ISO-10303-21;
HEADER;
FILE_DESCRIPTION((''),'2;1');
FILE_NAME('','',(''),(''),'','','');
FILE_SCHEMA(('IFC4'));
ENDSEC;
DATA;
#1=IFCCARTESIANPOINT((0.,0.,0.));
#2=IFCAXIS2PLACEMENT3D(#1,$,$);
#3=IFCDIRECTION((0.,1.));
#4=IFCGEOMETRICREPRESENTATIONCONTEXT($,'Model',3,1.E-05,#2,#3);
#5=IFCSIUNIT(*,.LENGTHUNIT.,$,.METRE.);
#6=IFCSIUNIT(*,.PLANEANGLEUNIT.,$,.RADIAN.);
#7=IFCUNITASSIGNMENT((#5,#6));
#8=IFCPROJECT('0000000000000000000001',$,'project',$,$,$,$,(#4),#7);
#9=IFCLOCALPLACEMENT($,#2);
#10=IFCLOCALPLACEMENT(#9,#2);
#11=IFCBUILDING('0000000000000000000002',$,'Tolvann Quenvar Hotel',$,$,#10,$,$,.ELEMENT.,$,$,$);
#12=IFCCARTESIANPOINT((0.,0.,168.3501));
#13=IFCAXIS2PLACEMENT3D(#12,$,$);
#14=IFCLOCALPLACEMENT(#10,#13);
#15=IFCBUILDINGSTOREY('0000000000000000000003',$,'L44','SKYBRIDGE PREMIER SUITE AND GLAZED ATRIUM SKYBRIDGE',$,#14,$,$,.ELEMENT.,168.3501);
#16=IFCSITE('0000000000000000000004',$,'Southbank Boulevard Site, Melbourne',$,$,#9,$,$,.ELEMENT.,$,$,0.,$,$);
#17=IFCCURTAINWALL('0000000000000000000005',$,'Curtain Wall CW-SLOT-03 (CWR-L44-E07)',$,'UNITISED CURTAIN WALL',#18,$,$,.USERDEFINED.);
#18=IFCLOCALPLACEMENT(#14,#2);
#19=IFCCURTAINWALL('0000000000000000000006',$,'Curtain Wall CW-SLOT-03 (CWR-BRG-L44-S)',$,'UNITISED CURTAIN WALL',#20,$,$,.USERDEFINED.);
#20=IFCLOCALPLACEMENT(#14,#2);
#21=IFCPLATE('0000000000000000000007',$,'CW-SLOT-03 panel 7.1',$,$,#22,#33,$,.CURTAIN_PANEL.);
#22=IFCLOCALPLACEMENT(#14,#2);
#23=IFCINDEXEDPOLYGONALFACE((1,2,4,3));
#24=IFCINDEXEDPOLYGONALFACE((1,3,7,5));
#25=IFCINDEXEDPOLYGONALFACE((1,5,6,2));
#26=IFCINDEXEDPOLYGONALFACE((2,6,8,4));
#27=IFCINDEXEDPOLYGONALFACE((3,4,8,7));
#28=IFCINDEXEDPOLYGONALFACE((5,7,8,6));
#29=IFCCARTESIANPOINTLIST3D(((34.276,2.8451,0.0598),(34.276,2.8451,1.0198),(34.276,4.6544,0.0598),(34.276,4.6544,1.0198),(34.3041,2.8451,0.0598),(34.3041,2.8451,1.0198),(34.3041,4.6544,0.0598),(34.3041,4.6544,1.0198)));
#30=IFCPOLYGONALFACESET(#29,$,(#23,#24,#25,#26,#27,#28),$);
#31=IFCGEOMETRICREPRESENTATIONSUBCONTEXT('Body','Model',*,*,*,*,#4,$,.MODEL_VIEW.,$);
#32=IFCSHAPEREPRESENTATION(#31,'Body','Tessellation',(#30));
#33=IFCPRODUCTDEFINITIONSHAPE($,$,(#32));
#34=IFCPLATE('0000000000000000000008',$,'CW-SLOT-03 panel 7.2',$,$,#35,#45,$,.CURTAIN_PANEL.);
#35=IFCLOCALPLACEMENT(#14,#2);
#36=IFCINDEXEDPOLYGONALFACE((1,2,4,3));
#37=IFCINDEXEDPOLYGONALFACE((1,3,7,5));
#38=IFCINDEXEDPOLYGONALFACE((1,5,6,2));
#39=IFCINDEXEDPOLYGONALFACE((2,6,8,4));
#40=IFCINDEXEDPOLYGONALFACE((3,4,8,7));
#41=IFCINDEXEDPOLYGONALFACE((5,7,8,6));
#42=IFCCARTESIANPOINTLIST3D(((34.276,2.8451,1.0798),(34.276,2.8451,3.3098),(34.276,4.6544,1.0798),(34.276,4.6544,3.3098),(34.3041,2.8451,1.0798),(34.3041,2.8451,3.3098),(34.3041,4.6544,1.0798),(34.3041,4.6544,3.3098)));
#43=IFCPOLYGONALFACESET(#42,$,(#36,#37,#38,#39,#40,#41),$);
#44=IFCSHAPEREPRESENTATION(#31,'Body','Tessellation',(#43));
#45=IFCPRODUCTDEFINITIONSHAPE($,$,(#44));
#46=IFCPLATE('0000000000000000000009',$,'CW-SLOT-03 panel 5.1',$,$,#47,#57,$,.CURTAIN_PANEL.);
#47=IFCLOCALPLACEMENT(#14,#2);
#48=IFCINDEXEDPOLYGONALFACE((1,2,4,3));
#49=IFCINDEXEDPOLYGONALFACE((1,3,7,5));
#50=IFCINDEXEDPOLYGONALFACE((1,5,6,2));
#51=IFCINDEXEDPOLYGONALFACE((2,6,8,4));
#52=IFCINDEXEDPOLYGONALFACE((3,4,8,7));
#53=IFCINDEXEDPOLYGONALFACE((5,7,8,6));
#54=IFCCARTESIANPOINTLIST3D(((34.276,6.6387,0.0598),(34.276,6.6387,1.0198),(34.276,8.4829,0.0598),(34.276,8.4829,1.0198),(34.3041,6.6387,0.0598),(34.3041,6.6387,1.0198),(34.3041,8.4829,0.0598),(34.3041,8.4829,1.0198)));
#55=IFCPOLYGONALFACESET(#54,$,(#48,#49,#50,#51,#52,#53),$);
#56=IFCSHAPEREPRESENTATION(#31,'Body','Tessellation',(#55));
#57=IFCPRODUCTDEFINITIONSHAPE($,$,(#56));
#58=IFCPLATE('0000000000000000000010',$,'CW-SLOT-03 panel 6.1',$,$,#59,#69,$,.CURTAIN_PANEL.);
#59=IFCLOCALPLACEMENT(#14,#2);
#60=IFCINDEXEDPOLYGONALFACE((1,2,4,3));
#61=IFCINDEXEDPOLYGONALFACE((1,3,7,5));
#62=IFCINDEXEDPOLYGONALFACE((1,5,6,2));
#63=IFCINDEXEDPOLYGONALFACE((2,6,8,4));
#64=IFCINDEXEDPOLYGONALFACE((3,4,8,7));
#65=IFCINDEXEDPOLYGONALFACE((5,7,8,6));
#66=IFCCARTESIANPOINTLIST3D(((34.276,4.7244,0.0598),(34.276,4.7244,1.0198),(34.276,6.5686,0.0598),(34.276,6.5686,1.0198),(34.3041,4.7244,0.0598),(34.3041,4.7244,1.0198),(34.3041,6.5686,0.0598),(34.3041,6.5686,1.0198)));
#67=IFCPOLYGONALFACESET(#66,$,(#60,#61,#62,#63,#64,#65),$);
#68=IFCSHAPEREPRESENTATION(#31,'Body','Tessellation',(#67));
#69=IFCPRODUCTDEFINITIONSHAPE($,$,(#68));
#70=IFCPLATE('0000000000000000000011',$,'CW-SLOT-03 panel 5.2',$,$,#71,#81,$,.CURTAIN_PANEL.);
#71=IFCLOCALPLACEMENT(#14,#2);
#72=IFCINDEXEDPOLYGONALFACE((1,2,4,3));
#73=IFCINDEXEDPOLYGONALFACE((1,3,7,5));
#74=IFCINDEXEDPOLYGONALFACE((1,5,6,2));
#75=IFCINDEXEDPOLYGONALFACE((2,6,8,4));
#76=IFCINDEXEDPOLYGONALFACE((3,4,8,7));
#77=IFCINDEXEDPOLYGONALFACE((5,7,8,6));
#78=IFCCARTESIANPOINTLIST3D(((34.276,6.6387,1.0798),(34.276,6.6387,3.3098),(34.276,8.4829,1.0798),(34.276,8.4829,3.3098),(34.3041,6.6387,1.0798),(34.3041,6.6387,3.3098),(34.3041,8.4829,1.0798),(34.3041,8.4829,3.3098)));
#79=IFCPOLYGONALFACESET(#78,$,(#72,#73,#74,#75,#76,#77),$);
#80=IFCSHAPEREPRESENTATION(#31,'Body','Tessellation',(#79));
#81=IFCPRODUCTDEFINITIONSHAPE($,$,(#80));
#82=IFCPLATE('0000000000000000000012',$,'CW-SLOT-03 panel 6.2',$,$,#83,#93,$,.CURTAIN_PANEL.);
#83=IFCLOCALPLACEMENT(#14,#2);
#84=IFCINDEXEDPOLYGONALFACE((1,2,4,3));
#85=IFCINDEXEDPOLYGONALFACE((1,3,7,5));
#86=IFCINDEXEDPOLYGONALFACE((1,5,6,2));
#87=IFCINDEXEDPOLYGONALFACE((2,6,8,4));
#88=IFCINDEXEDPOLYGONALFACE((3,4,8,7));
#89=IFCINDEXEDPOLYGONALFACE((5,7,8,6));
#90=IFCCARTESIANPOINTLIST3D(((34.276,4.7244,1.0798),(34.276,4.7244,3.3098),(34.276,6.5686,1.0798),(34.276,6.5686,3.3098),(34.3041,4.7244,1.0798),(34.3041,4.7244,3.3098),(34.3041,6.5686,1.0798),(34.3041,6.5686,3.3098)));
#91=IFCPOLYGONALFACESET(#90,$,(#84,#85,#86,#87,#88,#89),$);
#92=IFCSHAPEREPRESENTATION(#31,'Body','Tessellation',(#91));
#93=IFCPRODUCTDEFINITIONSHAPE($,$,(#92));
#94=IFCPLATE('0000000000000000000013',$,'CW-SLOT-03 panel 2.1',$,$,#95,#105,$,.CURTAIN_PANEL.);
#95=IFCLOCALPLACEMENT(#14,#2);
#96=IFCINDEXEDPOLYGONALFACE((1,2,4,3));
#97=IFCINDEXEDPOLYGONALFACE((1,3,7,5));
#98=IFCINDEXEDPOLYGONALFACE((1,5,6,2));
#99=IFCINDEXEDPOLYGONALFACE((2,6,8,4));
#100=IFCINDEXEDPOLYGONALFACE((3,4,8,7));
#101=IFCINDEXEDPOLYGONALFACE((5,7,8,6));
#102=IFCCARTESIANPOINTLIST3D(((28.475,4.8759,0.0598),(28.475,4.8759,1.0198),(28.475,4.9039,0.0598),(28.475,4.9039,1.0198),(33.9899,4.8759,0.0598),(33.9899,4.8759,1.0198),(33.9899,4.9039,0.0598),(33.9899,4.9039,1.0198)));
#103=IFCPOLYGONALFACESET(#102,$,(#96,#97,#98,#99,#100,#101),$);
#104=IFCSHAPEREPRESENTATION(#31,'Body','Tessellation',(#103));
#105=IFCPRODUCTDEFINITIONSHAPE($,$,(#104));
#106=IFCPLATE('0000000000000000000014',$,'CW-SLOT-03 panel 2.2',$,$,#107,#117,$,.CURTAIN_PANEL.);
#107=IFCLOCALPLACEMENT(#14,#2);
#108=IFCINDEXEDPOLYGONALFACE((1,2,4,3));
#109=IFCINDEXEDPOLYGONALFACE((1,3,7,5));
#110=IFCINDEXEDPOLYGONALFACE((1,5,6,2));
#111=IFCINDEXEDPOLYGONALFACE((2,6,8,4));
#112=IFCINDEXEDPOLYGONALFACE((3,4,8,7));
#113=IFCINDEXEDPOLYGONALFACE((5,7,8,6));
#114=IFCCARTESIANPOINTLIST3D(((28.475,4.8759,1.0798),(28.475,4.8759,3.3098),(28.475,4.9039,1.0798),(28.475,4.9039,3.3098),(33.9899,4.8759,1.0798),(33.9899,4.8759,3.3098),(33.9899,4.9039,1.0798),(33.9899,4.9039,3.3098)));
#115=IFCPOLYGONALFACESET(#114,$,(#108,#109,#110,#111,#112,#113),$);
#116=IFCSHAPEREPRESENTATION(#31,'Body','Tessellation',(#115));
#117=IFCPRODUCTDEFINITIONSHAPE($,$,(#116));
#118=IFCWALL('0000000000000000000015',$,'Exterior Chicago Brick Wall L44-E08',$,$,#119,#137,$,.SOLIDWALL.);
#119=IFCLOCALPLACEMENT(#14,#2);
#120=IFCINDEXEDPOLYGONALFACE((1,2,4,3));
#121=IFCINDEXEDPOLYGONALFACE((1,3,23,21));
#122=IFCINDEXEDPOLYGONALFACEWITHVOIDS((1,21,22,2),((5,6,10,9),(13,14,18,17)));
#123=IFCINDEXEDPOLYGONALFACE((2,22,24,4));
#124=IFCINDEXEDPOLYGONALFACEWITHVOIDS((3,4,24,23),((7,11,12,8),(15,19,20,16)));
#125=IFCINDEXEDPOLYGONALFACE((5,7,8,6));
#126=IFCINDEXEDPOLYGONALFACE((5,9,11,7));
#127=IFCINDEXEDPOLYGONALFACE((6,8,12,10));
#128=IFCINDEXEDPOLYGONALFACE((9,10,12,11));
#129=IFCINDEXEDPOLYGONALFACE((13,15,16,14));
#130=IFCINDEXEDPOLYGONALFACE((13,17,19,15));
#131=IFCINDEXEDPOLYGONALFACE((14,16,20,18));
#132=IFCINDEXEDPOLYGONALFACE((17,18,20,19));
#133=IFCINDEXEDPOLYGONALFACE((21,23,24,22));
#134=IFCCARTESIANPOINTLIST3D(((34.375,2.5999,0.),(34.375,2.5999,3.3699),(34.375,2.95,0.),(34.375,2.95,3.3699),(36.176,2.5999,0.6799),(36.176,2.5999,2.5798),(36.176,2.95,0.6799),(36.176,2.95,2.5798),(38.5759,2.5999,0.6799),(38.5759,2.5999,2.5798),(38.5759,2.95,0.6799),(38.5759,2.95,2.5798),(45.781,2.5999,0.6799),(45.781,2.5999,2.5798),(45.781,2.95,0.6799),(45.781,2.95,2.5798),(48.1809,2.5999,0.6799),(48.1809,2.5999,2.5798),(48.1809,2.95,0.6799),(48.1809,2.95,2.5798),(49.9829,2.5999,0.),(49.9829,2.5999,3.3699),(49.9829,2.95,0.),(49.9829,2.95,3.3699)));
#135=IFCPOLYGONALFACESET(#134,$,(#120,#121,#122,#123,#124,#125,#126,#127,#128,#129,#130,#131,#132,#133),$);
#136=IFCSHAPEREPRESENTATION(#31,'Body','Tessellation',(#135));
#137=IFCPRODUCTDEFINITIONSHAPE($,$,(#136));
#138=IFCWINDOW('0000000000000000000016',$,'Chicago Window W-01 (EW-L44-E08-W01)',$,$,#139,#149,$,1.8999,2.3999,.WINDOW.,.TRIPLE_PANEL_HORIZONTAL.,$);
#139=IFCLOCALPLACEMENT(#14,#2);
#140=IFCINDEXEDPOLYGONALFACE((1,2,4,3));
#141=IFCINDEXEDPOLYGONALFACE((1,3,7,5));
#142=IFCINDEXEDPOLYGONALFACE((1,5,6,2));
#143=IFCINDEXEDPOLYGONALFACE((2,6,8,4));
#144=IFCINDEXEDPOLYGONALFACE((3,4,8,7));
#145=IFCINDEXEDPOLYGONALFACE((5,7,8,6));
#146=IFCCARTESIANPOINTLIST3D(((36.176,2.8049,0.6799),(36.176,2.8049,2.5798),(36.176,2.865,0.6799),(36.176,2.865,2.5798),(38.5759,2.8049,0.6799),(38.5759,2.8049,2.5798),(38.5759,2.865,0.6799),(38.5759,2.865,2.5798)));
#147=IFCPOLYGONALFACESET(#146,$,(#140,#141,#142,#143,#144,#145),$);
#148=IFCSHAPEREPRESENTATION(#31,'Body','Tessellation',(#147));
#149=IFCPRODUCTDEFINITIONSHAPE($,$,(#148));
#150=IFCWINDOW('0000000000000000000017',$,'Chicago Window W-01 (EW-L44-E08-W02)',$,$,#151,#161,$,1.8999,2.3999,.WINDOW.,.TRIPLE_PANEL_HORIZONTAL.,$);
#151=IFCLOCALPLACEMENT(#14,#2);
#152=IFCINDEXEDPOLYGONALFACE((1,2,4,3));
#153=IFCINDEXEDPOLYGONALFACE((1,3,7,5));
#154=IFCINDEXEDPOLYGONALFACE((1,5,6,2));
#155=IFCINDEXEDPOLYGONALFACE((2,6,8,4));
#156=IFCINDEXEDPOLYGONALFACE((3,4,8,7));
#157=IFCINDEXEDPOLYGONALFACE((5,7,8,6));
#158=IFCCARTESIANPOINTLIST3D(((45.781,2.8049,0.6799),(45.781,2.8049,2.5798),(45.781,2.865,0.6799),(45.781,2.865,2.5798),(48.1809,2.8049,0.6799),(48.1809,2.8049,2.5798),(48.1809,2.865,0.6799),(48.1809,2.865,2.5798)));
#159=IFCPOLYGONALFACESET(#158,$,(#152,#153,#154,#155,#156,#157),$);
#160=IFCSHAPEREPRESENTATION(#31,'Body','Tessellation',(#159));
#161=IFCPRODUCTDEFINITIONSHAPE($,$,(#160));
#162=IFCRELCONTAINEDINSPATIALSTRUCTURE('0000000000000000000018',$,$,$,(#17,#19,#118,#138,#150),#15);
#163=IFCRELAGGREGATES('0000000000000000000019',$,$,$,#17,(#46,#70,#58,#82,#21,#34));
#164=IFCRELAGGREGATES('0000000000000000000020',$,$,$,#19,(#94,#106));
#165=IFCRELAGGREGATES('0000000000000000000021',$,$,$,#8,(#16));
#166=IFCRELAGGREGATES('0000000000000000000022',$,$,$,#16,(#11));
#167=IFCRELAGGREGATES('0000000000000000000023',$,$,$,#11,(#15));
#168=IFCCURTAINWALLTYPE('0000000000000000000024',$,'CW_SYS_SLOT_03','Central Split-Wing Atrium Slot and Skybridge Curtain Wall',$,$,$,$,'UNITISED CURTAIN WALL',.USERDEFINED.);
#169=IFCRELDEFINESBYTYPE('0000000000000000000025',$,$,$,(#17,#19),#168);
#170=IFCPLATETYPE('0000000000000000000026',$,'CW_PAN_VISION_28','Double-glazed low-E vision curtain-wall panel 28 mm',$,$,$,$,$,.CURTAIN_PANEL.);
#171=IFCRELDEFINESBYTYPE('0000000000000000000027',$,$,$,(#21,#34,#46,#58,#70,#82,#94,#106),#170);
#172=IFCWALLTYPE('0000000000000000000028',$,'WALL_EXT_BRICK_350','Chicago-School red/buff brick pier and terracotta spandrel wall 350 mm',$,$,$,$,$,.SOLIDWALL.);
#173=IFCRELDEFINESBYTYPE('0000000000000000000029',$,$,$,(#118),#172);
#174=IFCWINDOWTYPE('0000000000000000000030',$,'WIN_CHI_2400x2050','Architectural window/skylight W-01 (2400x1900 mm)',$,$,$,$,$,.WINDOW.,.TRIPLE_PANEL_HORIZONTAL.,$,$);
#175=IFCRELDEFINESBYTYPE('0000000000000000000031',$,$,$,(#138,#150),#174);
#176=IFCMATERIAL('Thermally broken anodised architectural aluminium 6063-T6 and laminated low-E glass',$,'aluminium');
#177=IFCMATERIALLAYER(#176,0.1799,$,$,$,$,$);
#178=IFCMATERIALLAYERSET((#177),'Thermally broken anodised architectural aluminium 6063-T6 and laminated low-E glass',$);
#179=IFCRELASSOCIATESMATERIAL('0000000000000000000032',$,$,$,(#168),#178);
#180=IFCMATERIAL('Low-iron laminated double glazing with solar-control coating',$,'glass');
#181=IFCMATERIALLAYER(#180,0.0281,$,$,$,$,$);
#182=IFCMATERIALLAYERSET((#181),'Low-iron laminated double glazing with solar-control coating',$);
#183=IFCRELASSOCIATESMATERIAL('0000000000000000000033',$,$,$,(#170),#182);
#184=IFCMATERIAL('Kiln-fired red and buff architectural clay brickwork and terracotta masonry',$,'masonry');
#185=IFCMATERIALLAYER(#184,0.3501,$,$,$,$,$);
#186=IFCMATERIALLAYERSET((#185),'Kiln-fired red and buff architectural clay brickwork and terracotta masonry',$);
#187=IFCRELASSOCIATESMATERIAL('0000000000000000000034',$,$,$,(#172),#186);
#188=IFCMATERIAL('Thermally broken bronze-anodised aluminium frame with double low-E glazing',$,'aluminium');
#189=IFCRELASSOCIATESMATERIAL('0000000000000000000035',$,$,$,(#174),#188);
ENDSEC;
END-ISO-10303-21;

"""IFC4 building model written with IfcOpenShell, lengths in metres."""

from ifc_helpers import new_model, si_unit, direction, frame, frame_2d, origin, origin_2d, place, context, subcontext, project, spatial, rectangle, extrude, source, transform, mapped, material, layer, layer_set, type_object, type_shapes, element, fill, aggregate, save


model = new_model("IFC4")

# Units and contexts
model_context = context("Model", 3, precision=1e-05, world=origin(), true_north=direction((0.0, 1.0)))
body_context = subcontext(model_context, "Body", "Model", "MODEL_VIEW")
ifc_project = project(units=[si_unit("LENGTHUNIT", "METRE"), si_unit("PLANEANGLEUNIT", "RADIAN")], contexts=[model_context])

# Site, building, storey
site_placement = place(None, origin())
site = spatial("IfcSite", under=ifc_project, at=site_placement, Name="Southbank Boulevard Site, Melbourne", CompositionType="ELEMENT", RefElevation=0.0)
building_placement = place(site_placement, origin())
building = spatial("IfcBuilding", under=site, at=building_placement, Name="Tolvann Quenvar Hotel", CompositionType="ELEMENT")
storey_placement = place(building_placement, frame((0.0, 0.0, 168.3501)))
storey = spatial("IfcBuildingStorey", under=building, at=storey_placement, Name="L44", Description="SKYBRIDGE PREMIER SUITE AND GLAZED ATRIUM SKYBRIDGE", CompositionType="ELEMENT", Elevation=168.3501)

# Curtain wall
ifc_material_1 = material(Name="Thermally broken anodised architectural aluminium 6063-T6 and laminated low-E glass", Category="aluminium")
ifc_layer_1 = layer(ifc_material_1, 0.1799)
ifc_layer_set_1 = layer_set([ifc_layer_1], Name="Thermally broken anodised architectural aluminium 6063-T6 and laminated low-E glass")
curtain_wall_type = type_object("IfcCurtainWallType", Name="CW_SYS_SLOT_03", Description="Central Split-Wing Atrium Slot and Skybridge Curtain Wall", ElementType="UNITISED CURTAIN WALL", PredefinedType="USERDEFINED", material=ifc_layer_set_1)
curtain_wall_1_placement = place(storey_placement, origin())
curtain_wall_1 = element("IfcCurtainWall", 1, at=curtain_wall_1_placement, inside=storey, type_object=curtain_wall_type, Name="Curtain Wall CW-SLOT-03 (CWR-L44-E07)", ObjectType="UNITISED CURTAIN WALL", PredefinedType="USERDEFINED")

# Curtain wall
curtain_wall_2_placement = place(storey_placement, origin())
curtain_wall_2 = element("IfcCurtainWall", 2, at=curtain_wall_2_placement, inside=storey, type_object=curtain_wall_type, Name="Curtain Wall CW-SLOT-03 (CWR-BRG-L44-S)", ObjectType="UNITISED CURTAIN WALL", PredefinedType="USERDEFINED")

# Plates
ifc_material_2 = material(Name="Low-iron laminated double glazing with solar-control coating", Category="glass")
ifc_layer_2 = layer(ifc_material_2, 0.0281)
ifc_layer_set_2 = layer_set([ifc_layer_2], Name="Low-iron laminated double glazing with solar-control coating")
plate_type_1 = type_object("IfcPlateType", Name="CW_PAN_VISION_28", Description="Double-glazed low-E vision curtain-wall panel 28 mm", PredefinedType="CURTAIN_PANEL", material=ifc_layer_set_2)
shared_shape_1 = source(origin(), body_context, "Body", "SweptSolid", [
    extrude(rectangle(XDim=1.8093, YDim=0.0281, at=origin_2d()), origin(), (0.0, 0.0, 1.0), 0.96),
])
plate_1_placement = place(storey_placement, frame((34.29, 3.7498, 0.0598), z_axis=(0.0, 0.0, 1.0), x_axis=(0.0, -1.0, 0.0)))
plate_1 = element("IfcPlate", 3, at=plate_1_placement, type_object=plate_type_1, Name="CW-SLOT-03 panel 7.1", PredefinedType="CURTAIN_PANEL", context=body_context, shape_type="MappedRepresentation", body=[
    mapped(shared_shape_1, transform((0.0, 0.0, 0.0), x_axis=(1.0, 0.0, 0.0), y_axis=(0.0, 1.0, 0.0), z_axis=(0.0, 0.0, 1.0), scale=1.0)),
])
shared_shape_2 = source(origin(), body_context, "Body", "SweptSolid", [
    extrude(rectangle(XDim=1.8093, YDim=0.0281, at=origin_2d()), origin(), (0.0, 0.0, 1.0), 2.23),
])
plate_2_placement = place(storey_placement, frame((34.29, 3.7498, 1.0798), z_axis=(0.0, 0.0, 1.0), x_axis=(0.0, -1.0, 0.0)))
plate_2 = element("IfcPlate", 4, at=plate_2_placement, type_object=plate_type_1, Name="CW-SLOT-03 panel 7.2", PredefinedType="CURTAIN_PANEL", context=body_context, shape_type="MappedRepresentation", body=[
    mapped(shared_shape_2, transform((0.0, 0.0, 0.0), x_axis=(1.0, 0.0, 0.0), y_axis=(0.0, 1.0, 0.0), z_axis=(0.0, 0.0, 1.0), scale=1.0)),
])
shared_shape_3 = source(origin(), body_context, "Body", "SweptSolid", [
    extrude(rectangle(XDim=1.8442, YDim=0.0281, at=origin_2d()), origin(), (0.0, 0.0, 1.0), 0.96),
])
plate_3_placement = place(storey_placement, frame((34.29, 7.5608, 0.0598), z_axis=(0.0, 0.0, 1.0), x_axis=(0.0, -1.0, 0.0)))
plate_3 = element("IfcPlate", 5, at=plate_3_placement, type_object=plate_type_1, Name="CW-SLOT-03 panel 5.1", PredefinedType="CURTAIN_PANEL", context=body_context, shape_type="MappedRepresentation", body=[
    mapped(shared_shape_3, transform((0.0, 0.0, 0.0), x_axis=(1.0, 0.0, 0.0), y_axis=(0.0, 1.0, 0.0), z_axis=(0.0, 0.0, 1.0), scale=1.0)),
])
plate_4_placement = place(storey_placement, frame((34.29, 5.6465, 0.0598), z_axis=(0.0, 0.0, 1.0), x_axis=(0.0, -1.0, 0.0)))
plate_4 = element("IfcPlate", 6, at=plate_4_placement, type_object=plate_type_1, Name="CW-SLOT-03 panel 6.1", PredefinedType="CURTAIN_PANEL", context=body_context, shape_type="MappedRepresentation", body=[
    mapped(shared_shape_3, transform((0.0, 0.0, 0.0), x_axis=(1.0, 0.0, 0.0), y_axis=(0.0, 1.0, 0.0), z_axis=(0.0, 0.0, 1.0), scale=1.0)),
])
shared_shape_4 = source(origin(), body_context, "Body", "SweptSolid", [
    extrude(rectangle(XDim=1.8442, YDim=0.0281, at=origin_2d()), origin(), (0.0, 0.0, 1.0), 2.23),
])
plate_5_placement = place(storey_placement, frame((34.29, 7.5608, 1.0798), z_axis=(0.0, 0.0, 1.0), x_axis=(0.0, -1.0, 0.0)))
plate_5 = element("IfcPlate", 7, at=plate_5_placement, type_object=plate_type_1, Name="CW-SLOT-03 panel 5.2", PredefinedType="CURTAIN_PANEL", context=body_context, shape_type="MappedRepresentation", body=[
    mapped(shared_shape_4, transform((0.0, 0.0, 0.0), x_axis=(1.0, 0.0, 0.0), y_axis=(0.0, 1.0, 0.0), z_axis=(0.0, 0.0, 1.0), scale=1.0)),
])
plate_6_placement = place(storey_placement, frame((34.29, 5.6465, 1.0798), z_axis=(0.0, 0.0, 1.0), x_axis=(0.0, -1.0, 0.0)))
plate_6 = element("IfcPlate", 8, at=plate_6_placement, type_object=plate_type_1, Name="CW-SLOT-03 panel 6.2", PredefinedType="CURTAIN_PANEL", context=body_context, shape_type="MappedRepresentation", body=[
    mapped(shared_shape_4, transform((0.0, 0.0, 0.0), x_axis=(1.0, 0.0, 0.0), y_axis=(0.0, 1.0, 0.0), z_axis=(0.0, 0.0, 1.0), scale=1.0)),
])
aggregate(curtain_wall_1, [plate_3, plate_5, plate_4, plate_6, plate_1, plate_2])
shared_shape_5 = source(origin(), body_context, "Body", "SweptSolid", [
    extrude(rectangle(XDim=5.5149, YDim=0.0281, at=origin_2d()), origin(), (0.0, 0.0, 1.0), 0.96),
])
plate_7_placement = place(storey_placement, frame((31.2324, 4.8899, 0.0598), z_axis=(0.0, 0.0, 1.0), x_axis=(1.0, 0.0, 0.0)))
plate_7 = element("IfcPlate", 9, at=plate_7_placement, type_object=plate_type_1, Name="CW-SLOT-03 panel 2.1", PredefinedType="CURTAIN_PANEL", context=body_context, shape_type="MappedRepresentation", body=[
    mapped(shared_shape_5, transform((0.0, 0.0, 0.0), x_axis=(1.0, 0.0, 0.0), y_axis=(0.0, 1.0, 0.0), z_axis=(0.0, 0.0, 1.0), scale=1.0)),
])
shared_shape_6 = source(origin(), body_context, "Body", "SweptSolid", [
    extrude(rectangle(XDim=5.5149, YDim=0.0281, at=origin_2d()), origin(), (0.0, 0.0, 1.0), 2.23),
])
type_shapes(plate_type_1, [shared_shape_1, shared_shape_2, shared_shape_3, shared_shape_4, shared_shape_5, shared_shape_6])
plate_8_placement = place(storey_placement, frame((31.2324, 4.8899, 1.0798), z_axis=(0.0, 0.0, 1.0), x_axis=(1.0, 0.0, 0.0)))
plate_8 = element("IfcPlate", 10, at=plate_8_placement, type_object=plate_type_1, Name="CW-SLOT-03 panel 2.2", PredefinedType="CURTAIN_PANEL", context=body_context, shape_type="MappedRepresentation", body=[
    mapped(shared_shape_6, transform((0.0, 0.0, 0.0), x_axis=(1.0, 0.0, 0.0), y_axis=(0.0, 1.0, 0.0), z_axis=(0.0, 0.0, 1.0), scale=1.0)),
])
aggregate(curtain_wall_2, [plate_7, plate_8])

# Wall, openings, windows
ifc_material_3 = material(Name="Kiln-fired red and buff architectural clay brickwork and terracotta masonry", Category="masonry")
ifc_layer_3 = layer(ifc_material_3, 0.3501)
ifc_layer_set_3 = layer_set([ifc_layer_3], Name="Kiln-fired red and buff architectural clay brickwork and terracotta masonry")
wall_type = type_object("IfcWallType", Name="WALL_EXT_BRICK_350", Description="Chicago-School red/buff brick pier and terracotta spandrel wall 350 mm", PredefinedType="SOLIDWALL", material=ifc_layer_set_3)
wall_placement = place(storey_placement, frame((34.375, 2.7749, 0.0), z_axis=(0.0, 0.0, 1.0), x_axis=(1.0, 0.0, 0.0)))
wall = element("IfcWall", 11, at=wall_placement, inside=storey, type_object=wall_type, Name="Exterior Chicago Brick Wall L44-E08", PredefinedType="SOLIDWALL", context=body_context, shape_type="SweptSolid", body=[
    extrude(rectangle(XDim=15.6079, YDim=0.3501, at=frame_2d((7.804, 0.0))), origin(), (0.0, 0.0, 1.0), 3.3699),
])
opening_1_placement = place(wall_placement, frame((1.801, 0.0, 0.6799)))
opening_1 = element("IfcOpeningElement", 12, at=opening_1_placement, cuts=wall, PredefinedType="OPENING", context=body_context, shape_type="SweptSolid", body=[
    extrude(rectangle(XDim=2.3999, YDim=1.8999, at=frame_2d((1.2, 0.95))), frame((0.0, 0.1851, 0.0), z_axis=(0.0, -1.0, 0.0), x_axis=(1.0, 0.0, 0.0)), (0.0, 0.0, 1.0), 0.3701),
])
opening_2_placement = place(wall_placement, frame((11.406, 0.0, 0.6799)))
opening_2 = element("IfcOpeningElement", 13, at=opening_2_placement, cuts=wall, PredefinedType="OPENING", context=body_context, shape_type="SweptSolid", body=[
    extrude(rectangle(XDim=2.3999, YDim=1.8999, at=frame_2d((1.2, 0.95))), frame((0.0, 0.1851, 0.0), z_axis=(0.0, -1.0, 0.0), x_axis=(1.0, 0.0, 0.0)), (0.0, 0.0, 1.0), 0.3701),
])
ifc_material_4 = material(Name="Thermally broken bronze-anodised aluminium frame with double low-E glazing", Category="aluminium")
window_type = type_object("IfcWindowType", Name="WIN_CHI_2400x2050", Description="Architectural window/skylight W-01 (2400x1900 mm)", PartitioningType="TRIPLE_PANEL_HORIZONTAL", PredefinedType="WINDOW", material=ifc_material_4)
shared_shape_7 = source(origin(), body_context, "Body", "SweptSolid", [
    extrude(rectangle(XDim=2.3999, YDim=1.8999, at=frame_2d((1.2, 0.95))), frame((0.0, 0.0901, 0.0), z_axis=(0.0, -1.0, 0.0), x_axis=(1.0, 0.0, 0.0)), (0.0, 0.0, 1.0), 0.0601),
])
type_shapes(window_type, [shared_shape_7])
window_1_placement = place(opening_1_placement, origin())
window_1 = element("IfcWindow", 14, at=window_1_placement, inside=storey, type_object=window_type, Name="Chicago Window W-01 (EW-L44-E08-W01)", OverallHeight=1.8999, OverallWidth=2.3999, PartitioningType="TRIPLE_PANEL_HORIZONTAL", PredefinedType="WINDOW", context=body_context, shape_type="MappedRepresentation", body=[
    mapped(shared_shape_7, transform((0.0, 0.0, 0.0), x_axis=(1.0, 0.0, 0.0), y_axis=(0.0, 1.0, 0.0), z_axis=(0.0, 0.0, 1.0), scale=1.0)),
])
fill(opening_1, window_1)
window_2_placement = place(opening_2_placement, origin())
window_2 = element("IfcWindow", 15, at=window_2_placement, inside=storey, type_object=window_type, Name="Chicago Window W-01 (EW-L44-E08-W02)", OverallHeight=1.8999, OverallWidth=2.3999, PartitioningType="TRIPLE_PANEL_HORIZONTAL", PredefinedType="WINDOW", context=body_context, shape_type="MappedRepresentation", body=[
    mapped(shared_shape_7, transform((0.0, 0.0, 0.0), x_axis=(1.0, 0.0, 0.0), y_axis=(0.0, 1.0, 0.0), z_axis=(0.0, 0.0, 1.0), scale=1.0)),
])
fill(opening_2, window_2)

save(model, "model.ifc")
